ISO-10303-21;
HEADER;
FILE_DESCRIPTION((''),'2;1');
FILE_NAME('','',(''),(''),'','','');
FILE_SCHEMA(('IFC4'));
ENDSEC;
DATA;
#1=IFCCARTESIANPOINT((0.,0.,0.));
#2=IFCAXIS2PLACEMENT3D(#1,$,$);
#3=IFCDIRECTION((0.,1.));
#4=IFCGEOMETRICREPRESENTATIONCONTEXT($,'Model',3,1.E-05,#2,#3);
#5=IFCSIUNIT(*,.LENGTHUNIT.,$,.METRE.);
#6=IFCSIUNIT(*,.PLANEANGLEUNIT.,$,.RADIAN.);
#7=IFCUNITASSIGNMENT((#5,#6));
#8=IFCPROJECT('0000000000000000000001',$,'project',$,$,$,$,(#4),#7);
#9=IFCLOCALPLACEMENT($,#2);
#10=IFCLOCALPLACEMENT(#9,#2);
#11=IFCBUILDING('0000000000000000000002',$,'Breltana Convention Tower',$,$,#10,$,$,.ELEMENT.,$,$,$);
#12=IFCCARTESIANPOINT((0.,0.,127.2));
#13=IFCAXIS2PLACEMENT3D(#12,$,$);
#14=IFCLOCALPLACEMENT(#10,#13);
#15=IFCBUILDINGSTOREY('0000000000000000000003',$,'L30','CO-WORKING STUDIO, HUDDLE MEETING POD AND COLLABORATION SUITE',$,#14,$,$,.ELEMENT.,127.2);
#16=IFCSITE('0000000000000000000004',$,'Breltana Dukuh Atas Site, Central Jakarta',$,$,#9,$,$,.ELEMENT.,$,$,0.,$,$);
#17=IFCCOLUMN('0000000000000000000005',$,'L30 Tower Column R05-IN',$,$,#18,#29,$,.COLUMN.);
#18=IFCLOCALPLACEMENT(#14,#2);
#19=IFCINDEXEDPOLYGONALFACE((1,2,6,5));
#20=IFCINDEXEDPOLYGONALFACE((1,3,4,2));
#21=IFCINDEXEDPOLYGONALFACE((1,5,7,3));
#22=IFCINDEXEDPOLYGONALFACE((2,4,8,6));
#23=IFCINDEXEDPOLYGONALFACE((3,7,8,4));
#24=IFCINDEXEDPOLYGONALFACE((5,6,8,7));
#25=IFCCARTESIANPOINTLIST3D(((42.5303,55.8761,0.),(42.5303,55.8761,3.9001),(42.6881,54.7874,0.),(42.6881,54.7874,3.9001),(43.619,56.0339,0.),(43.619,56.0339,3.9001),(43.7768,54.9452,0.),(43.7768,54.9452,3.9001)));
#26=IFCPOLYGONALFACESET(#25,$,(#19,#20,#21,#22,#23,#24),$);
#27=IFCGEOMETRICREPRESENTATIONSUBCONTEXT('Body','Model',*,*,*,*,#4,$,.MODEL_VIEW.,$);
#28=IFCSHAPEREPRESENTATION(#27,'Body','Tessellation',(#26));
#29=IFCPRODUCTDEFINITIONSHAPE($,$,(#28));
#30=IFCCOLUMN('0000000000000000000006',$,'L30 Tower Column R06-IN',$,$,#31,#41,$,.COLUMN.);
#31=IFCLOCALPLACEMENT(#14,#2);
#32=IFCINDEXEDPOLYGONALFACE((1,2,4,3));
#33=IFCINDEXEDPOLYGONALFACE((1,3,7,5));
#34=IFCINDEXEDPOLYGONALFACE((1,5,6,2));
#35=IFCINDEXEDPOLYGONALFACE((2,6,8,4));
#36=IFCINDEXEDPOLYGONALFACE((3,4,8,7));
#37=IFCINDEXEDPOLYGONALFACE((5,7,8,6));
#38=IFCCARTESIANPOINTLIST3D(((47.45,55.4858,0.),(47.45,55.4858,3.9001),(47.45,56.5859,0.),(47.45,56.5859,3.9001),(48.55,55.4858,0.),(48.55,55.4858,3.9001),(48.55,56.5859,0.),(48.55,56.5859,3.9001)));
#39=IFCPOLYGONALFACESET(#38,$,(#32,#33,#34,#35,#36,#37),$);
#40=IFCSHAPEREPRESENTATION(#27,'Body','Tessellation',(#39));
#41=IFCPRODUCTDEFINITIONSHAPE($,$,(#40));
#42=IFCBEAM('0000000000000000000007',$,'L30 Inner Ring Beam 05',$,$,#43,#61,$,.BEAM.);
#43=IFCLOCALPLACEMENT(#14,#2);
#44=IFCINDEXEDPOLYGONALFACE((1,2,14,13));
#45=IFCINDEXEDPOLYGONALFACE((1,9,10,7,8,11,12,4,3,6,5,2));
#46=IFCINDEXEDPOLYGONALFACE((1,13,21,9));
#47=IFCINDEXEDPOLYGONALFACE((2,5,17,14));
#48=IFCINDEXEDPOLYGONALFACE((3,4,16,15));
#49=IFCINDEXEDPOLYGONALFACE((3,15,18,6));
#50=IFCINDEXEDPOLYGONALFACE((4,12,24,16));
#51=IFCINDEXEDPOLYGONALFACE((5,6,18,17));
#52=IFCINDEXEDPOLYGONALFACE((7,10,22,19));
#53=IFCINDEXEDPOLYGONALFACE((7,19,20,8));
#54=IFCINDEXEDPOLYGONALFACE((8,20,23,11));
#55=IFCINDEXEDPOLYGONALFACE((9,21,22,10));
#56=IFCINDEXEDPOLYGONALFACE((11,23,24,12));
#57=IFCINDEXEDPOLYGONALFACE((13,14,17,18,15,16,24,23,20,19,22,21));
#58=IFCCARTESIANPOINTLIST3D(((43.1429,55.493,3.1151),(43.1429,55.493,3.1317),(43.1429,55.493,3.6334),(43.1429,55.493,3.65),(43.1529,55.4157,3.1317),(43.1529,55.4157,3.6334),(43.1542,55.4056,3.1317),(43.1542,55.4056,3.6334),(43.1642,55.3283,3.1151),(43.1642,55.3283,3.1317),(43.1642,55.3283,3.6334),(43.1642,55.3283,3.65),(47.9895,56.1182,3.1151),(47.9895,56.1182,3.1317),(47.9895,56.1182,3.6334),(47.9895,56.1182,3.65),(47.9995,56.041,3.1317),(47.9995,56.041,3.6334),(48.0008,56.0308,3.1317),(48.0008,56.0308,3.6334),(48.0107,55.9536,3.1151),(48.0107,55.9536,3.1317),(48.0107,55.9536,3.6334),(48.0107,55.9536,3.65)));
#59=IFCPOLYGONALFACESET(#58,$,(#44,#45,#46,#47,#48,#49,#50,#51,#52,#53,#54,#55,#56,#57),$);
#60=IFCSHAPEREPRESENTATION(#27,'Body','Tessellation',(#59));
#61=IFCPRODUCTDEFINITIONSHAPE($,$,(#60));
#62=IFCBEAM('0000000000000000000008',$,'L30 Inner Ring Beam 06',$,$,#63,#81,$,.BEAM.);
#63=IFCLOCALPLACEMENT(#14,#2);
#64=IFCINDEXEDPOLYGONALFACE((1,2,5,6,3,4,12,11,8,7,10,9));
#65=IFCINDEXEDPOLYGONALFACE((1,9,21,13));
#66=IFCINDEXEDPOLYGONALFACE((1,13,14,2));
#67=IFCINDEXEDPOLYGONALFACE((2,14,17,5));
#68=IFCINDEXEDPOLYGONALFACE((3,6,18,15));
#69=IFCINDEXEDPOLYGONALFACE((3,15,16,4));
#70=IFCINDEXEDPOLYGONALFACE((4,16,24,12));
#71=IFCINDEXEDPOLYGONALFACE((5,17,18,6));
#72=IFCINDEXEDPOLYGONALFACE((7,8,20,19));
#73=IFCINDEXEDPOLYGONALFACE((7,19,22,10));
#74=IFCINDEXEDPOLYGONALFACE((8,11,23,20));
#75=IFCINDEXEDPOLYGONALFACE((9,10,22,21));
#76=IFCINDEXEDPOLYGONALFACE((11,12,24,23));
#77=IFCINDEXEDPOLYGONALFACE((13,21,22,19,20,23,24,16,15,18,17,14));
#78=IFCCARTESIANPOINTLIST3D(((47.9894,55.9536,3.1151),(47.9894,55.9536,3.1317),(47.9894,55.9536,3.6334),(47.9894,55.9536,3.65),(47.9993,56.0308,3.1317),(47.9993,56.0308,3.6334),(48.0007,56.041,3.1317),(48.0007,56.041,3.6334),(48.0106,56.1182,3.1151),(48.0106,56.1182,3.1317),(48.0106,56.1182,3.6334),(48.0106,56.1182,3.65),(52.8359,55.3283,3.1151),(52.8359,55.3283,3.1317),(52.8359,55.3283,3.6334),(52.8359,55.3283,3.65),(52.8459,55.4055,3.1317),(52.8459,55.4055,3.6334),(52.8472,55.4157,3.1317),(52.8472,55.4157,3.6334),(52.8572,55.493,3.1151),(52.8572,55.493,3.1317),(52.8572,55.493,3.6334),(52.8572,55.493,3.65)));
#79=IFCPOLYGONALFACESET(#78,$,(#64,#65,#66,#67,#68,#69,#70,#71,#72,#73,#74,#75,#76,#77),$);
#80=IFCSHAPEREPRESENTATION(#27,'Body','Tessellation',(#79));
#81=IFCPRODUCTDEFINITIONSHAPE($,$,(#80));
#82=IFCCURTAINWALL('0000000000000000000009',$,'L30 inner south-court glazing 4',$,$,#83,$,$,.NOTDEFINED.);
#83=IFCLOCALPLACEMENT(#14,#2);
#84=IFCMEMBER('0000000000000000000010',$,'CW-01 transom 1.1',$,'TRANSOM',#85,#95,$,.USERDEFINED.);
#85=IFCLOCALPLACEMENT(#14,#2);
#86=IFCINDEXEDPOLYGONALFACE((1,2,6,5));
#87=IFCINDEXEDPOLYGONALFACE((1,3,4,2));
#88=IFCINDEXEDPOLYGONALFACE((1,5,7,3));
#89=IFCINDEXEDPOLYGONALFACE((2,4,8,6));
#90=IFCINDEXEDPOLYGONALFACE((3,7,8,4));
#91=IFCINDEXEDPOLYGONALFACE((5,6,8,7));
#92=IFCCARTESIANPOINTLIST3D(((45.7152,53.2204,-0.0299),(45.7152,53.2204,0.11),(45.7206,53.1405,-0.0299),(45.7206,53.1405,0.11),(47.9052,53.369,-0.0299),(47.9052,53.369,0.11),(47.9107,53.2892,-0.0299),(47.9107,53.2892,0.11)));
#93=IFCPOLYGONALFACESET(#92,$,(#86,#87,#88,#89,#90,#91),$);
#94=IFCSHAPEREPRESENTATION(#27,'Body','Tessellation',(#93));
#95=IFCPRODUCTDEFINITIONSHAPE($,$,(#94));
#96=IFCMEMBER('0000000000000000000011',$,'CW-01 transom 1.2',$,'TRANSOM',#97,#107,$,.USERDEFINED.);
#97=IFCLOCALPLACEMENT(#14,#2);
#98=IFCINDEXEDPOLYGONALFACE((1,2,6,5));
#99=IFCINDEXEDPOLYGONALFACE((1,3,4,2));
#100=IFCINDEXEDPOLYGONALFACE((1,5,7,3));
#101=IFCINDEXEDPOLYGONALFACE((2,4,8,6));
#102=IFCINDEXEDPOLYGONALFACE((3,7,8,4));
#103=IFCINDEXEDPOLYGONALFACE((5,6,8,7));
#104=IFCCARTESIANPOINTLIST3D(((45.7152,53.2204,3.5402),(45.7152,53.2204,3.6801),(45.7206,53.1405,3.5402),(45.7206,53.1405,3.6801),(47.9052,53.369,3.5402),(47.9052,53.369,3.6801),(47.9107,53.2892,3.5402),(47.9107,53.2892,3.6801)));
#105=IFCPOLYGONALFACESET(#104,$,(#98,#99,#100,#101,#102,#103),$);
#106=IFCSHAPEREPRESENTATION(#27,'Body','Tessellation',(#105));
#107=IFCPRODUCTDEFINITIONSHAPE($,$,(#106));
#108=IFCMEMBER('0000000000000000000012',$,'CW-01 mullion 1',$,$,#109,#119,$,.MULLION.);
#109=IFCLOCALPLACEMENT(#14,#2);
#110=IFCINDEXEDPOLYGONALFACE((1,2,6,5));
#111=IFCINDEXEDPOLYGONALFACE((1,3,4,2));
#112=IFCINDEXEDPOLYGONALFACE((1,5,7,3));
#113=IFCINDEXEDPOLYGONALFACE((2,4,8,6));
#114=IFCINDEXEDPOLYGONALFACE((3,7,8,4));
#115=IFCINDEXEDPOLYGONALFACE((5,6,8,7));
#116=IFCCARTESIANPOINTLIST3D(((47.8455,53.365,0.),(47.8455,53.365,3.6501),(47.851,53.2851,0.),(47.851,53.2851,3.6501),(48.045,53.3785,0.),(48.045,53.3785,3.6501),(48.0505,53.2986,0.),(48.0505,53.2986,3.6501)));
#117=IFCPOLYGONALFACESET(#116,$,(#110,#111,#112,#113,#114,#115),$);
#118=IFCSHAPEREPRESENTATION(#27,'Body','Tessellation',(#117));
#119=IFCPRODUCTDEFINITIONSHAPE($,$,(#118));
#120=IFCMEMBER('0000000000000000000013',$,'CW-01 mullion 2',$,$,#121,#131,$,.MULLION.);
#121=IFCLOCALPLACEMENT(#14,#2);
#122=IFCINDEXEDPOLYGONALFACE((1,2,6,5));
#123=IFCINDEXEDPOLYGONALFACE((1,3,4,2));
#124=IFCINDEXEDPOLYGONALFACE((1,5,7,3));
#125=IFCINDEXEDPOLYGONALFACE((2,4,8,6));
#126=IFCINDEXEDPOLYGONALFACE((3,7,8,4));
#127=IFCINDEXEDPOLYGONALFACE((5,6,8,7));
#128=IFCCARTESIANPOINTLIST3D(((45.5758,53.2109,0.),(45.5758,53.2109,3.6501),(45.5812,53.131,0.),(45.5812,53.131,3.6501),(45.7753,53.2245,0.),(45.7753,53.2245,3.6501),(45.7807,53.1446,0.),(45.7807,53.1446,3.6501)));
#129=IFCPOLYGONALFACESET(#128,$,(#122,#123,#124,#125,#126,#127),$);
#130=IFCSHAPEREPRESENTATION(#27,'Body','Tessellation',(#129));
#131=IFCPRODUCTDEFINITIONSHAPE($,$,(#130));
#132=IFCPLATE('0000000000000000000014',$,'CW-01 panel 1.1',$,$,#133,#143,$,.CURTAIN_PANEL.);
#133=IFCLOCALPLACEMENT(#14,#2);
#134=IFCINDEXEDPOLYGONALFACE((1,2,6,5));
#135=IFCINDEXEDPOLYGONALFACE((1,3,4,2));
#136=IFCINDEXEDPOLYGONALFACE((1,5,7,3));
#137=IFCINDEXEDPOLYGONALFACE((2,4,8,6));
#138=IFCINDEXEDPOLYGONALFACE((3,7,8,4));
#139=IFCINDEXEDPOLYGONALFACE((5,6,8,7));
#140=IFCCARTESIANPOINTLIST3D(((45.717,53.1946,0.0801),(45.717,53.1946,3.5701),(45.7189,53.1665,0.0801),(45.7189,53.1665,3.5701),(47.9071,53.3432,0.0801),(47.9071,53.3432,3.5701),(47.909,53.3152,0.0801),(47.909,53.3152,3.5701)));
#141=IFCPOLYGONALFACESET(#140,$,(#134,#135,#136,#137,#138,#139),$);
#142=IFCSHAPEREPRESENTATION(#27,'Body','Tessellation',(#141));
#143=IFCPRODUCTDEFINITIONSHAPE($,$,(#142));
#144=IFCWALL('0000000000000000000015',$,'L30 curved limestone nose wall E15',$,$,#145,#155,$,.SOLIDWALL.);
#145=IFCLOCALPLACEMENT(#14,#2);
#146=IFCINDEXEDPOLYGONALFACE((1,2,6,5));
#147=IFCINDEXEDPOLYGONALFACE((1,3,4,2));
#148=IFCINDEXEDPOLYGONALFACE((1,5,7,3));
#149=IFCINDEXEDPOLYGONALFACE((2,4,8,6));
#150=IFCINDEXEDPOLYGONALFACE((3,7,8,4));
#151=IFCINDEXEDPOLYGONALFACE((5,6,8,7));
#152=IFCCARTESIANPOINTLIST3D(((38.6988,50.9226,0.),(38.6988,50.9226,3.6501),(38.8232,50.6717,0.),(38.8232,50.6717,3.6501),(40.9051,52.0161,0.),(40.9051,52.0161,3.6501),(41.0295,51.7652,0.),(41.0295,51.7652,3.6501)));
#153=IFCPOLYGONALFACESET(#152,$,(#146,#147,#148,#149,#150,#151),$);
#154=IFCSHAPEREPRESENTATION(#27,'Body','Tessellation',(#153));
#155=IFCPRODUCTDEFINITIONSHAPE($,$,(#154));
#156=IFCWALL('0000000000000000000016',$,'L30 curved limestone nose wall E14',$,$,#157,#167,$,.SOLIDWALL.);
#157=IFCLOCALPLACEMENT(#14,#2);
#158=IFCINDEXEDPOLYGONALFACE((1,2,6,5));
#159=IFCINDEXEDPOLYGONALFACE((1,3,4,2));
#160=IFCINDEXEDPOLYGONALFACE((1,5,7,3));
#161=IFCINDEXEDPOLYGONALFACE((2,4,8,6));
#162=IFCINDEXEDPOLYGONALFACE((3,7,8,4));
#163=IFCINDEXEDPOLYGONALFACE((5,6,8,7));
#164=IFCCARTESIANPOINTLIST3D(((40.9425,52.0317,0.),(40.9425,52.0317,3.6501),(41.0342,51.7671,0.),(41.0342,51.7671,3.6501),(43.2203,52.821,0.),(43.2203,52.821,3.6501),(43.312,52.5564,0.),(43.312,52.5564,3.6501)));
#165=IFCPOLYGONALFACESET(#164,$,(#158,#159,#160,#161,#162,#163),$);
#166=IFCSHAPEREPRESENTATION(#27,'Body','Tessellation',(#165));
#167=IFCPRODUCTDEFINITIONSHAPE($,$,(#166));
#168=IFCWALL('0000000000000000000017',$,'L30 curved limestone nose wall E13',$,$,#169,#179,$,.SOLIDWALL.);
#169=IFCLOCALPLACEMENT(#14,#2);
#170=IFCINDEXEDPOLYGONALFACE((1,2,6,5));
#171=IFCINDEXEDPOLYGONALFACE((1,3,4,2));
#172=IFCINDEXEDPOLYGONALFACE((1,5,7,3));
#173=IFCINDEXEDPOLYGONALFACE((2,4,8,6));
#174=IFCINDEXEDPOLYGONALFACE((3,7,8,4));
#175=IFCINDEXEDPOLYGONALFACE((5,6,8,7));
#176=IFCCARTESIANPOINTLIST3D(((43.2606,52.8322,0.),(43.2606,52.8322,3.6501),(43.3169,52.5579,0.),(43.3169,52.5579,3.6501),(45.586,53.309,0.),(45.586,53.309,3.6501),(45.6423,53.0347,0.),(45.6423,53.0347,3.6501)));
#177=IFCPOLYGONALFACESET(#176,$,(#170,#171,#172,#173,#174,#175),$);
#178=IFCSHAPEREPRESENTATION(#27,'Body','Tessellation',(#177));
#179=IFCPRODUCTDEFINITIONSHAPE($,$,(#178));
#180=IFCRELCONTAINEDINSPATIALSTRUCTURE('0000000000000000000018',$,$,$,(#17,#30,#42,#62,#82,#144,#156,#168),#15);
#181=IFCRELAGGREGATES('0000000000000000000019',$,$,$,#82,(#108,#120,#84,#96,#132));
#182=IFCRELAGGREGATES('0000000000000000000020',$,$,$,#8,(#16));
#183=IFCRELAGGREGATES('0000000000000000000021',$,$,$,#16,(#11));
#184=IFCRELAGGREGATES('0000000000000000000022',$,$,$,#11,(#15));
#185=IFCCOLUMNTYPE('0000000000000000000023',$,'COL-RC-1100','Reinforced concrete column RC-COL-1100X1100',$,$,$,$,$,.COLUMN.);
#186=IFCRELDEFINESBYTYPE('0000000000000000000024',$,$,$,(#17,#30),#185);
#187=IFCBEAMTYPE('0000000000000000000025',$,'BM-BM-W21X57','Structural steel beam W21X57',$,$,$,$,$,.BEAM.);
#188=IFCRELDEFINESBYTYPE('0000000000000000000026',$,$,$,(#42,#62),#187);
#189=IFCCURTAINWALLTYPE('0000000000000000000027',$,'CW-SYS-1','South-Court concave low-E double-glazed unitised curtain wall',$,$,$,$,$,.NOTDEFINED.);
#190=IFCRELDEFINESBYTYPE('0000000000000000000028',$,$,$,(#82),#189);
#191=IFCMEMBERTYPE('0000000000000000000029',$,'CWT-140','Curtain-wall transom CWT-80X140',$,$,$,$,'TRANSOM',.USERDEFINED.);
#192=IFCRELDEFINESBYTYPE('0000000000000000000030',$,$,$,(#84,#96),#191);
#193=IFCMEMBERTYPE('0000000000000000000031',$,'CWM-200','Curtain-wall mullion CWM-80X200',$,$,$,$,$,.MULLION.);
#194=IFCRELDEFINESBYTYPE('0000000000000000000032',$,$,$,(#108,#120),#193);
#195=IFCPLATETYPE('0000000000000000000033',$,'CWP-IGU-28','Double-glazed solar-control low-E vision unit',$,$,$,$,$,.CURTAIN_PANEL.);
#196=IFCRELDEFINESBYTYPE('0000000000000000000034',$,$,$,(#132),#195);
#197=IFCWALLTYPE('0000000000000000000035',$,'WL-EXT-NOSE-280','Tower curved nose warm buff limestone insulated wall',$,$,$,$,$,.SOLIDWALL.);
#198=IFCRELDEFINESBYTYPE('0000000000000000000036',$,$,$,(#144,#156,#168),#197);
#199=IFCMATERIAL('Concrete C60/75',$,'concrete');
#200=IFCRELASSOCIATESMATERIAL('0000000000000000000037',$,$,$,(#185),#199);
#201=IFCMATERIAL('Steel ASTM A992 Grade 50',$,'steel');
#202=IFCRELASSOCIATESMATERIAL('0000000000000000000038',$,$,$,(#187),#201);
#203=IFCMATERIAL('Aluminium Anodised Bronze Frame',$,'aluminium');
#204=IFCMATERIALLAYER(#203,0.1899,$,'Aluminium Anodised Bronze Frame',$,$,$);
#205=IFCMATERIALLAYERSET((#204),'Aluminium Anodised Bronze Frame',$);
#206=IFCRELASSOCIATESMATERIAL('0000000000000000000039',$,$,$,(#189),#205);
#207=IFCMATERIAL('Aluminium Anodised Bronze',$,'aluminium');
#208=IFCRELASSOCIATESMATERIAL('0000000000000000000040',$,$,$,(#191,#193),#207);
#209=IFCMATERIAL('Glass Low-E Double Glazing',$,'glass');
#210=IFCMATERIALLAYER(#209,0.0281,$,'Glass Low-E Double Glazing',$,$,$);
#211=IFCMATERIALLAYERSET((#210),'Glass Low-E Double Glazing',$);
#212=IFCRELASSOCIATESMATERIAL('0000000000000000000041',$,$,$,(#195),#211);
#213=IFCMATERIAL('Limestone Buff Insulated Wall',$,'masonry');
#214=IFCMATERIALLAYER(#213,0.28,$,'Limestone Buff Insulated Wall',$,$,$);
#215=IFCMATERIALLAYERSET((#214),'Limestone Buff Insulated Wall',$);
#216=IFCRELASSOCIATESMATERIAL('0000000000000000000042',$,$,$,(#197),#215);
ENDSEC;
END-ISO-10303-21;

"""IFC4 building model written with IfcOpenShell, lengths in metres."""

from ifc_helpers import new_model, si_unit, direction, frame, frame_2d, origin, origin_2d, place, context, subcontext, project, spatial, rectangle, i_section, extrude, source, transform, mapped, material, layer, layer_set, material_profile, profile_set, type_object, element, aggregate, save


model = new_model("IFC4")

# Units and contexts
model_context = context("Model", 3, precision=1e-05, world=origin(), true_north=direction((0.0, 1.0)))
body_context = subcontext(model_context, "Body", "Model", "MODEL_VIEW")
ifc_project = project(units=[si_unit("LENGTHUNIT", "METRE"), si_unit("PLANEANGLEUNIT", "RADIAN")], contexts=[model_context])

# Site, building, storey
site_placement = place(None, origin())
site = spatial("IfcSite", under=ifc_project, at=site_placement, Name="Breltana Dukuh Atas Site, Central Jakarta", CompositionType="ELEMENT", RefElevation=0.0)
building_placement = place(site_placement, origin())
building = spatial("IfcBuilding", under=site, at=building_placement, Name="Breltana Convention Tower", CompositionType="ELEMENT")
storey_placement = place(building_placement, frame((0.0, 0.0, 127.2)))
storey = spatial("IfcBuildingStorey", under=building, at=storey_placement, Name="L30", Description="CO-WORKING STUDIO, HUDDLE MEETING POD AND COLLABORATION SUITE", CompositionType="ELEMENT", Elevation=127.2)

# Columns
ifc_material_1 = material(Name="Concrete C60/75", Category="concrete")
ifc_material_profile_1 = material_profile(ifc_material_1, rectangle(XDim=1.1001, YDim=1.1001, at=origin_2d()), Name="RC-COL-1100X1100")
ifc_profile_set_1 = profile_set([ifc_material_profile_1], Name="Concrete C60/75")
column_type = type_object("IfcColumnType", Name="COL-RC-1100", Description="Reinforced concrete column RC-COL-1100X1100", PredefinedType="COLUMN", material=ifc_profile_set_1)
shared_shape_1 = source(origin(), body_context, "Body", "SweptSolid", [
    extrude(rectangle(XDim=1.1001, YDim=1.1001, at=origin_2d()), origin(), (0.0, 0.0, 1.0), 3.9001),
])
for number, where, z_axis, x_axis, name in (
    (1, (43.1536, 55.4106, 0.0), (0.0, 0.0, 1.0), (-0.143493, 0.989651, 0.0), "L30 Tower Column R05-IN"),
    (2, (48.0, 56.0359, 0.0), (0.0, 0.0, 1.0), (0.0, 1.0, 0.0), "L30 Tower Column R06-IN"),
):
    element("IfcColumn", number, at=place(storey_placement, frame(where, z_axis=z_axis, x_axis=x_axis)), inside=storey, type_object=column_type, Name=name, PredefinedType="COLUMN", context=body_context, shape_type="MappedRepresentation", body=[
        mapped(shared_shape_1, transform((0.0, 0.0, 0.0), scale=1.0)),
    ])

# Beams
ifc_material_2 = material(Name="Steel ASTM A992 Grade 50", Category="steel")
ifc_material_profile_2 = material_profile(ifc_material_2, i_section(OverallWidth=0.166, OverallDepth=0.5349, WebThickness=0.0103, FlangeThickness=0.0166, at=origin_2d()), Name="W21X57")
ifc_profile_set_2 = profile_set([ifc_material_profile_2], Name="Steel ASTM A992 Grade 50")
beam_type = type_object("IfcBeamType", Name="BM-BM-W21X57", Description="Structural steel beam W21X57", PredefinedType="BEAM", material=ifc_profile_set_2)
shared_shape_2 = source(origin(), body_context, "Body", "SweptSolid", [
    extrude(i_section(OverallWidth=0.166, OverallDepth=0.5349, WebThickness=0.0103, FlangeThickness=0.0166, at=origin_2d()), origin(), (0.0, 0.0, 1.0), 4.8867),
])
for number, where, z_axis, x_axis, name in (
    (3, (43.1536, 55.4106, 3.3826), (0.991781, 0.127951, 0.0), (-0.127951, 0.991781, 0.0), "L30 Inner Ring Beam 05"),
    (4, (48.0, 56.0359, 3.3826), (0.991781, -0.127951, 0.0), (0.127951, 0.991781, 0.0), "L30 Inner Ring Beam 06"),
):
    element("IfcBeam", number, at=place(storey_placement, frame(where, z_axis=z_axis, x_axis=x_axis)), inside=storey, type_object=beam_type, Name=name, PredefinedType="BEAM", context=body_context, shape_type="MappedRepresentation", body=[
        mapped(shared_shape_2, transform((0.0, 0.0, 0.0), scale=1.0)),
    ])

# Curtain wall, members, plate
ifc_material_3 = material(Name="Aluminium Anodised Bronze Frame", Category="aluminium")
ifc_layer_1 = layer(ifc_material_3, 0.1899, Name="Aluminium Anodised Bronze Frame")
ifc_layer_set_1 = layer_set([ifc_layer_1], Name="Aluminium Anodised Bronze Frame")
curtain_wall_type = type_object("IfcCurtainWallType", Name="CW-SYS-1", Description="South-Court concave low-E double-glazed unitised curtain wall", PredefinedType="NOTDEFINED", material=ifc_layer_set_1)
curtain_wall_placement = place(storey_placement, origin())
curtain_wall = element("IfcCurtainWall", 5, at=curtain_wall_placement, inside=storey, type_object=curtain_wall_type, Name="L30 inner south-court glazing 4", PredefinedType="NOTDEFINED")
ifc_material_4 = material(Name="Aluminium Anodised Bronze", Category="aluminium")
ifc_material_profile_3 = material_profile(ifc_material_4, rectangle(XDim=0.0801, YDim=0.1399, at=origin_2d()), Name="CWT-80X140")
ifc_profile_set_3 = profile_set([ifc_material_profile_3], Name="Aluminium Anodised Bronze")
member_type_1 = type_object("IfcMemberType", Name="CWT-140", Description="Curtain-wall transom CWT-80X140", ElementType="TRANSOM", PredefinedType="USERDEFINED", material=ifc_profile_set_3)
shared_shape_3 = source(origin(), body_context, "Body", "SweptSolid", [
    extrude(rectangle(XDim=0.0801, YDim=0.1399, at=origin_2d()), origin(), (0.0, 0.0, 1.0), 2.1951),
])
member_1_placement = place(storey_placement, frame((47.908, 53.3291, 0.04), z_axis=(-0.997703, -0.067737, 0.0), x_axis=(0.067737, -0.997703, 0.0)))
member_1 = element("IfcMember", 6, at=member_1_placement, type_object=member_type_1, Name="CW-01 transom 1.1", ObjectType="TRANSOM", PredefinedType="USERDEFINED", context=body_context, shape_type="MappedRepresentation", body=[
    mapped(shared_shape_3, transform((0.0, 0.0, 0.0), scale=1.0)),
])
member_2_placement = place(storey_placement, frame((47.908, 53.3291, 3.6101), z_axis=(-0.997703, -0.067737, 0.0), x_axis=(0.067737, -0.997703, 0.0)))
member_2 = element("IfcMember", 7, at=member_2_placement, type_object=member_type_1, Name="CW-01 transom 1.2", ObjectType="TRANSOM", PredefinedType="USERDEFINED", context=body_context, shape_type="MappedRepresentation", body=[
    mapped(shared_shape_3, transform((0.0, 0.0, 0.0), scale=1.0)),
])
ifc_material_profile_4 = material_profile(ifc_material_4, rectangle(XDim=0.0801, YDim=0.2, at=origin_2d()), Name="CWM-80X200")
ifc_profile_set_4 = profile_set([ifc_material_profile_4], Name="Aluminium Anodised Bronze")
member_type_2 = type_object("IfcMemberType", Name="CWM-200", Description="Curtain-wall mullion CWM-80X200", PredefinedType="MULLION", material=ifc_profile_set_4)
shared_shape_4 = source(origin(), body_context, "Body", "SweptSolid", [
    extrude(rectangle(XDim=0.0801, YDim=0.2, at=origin_2d()), origin(), (0.0, 0.0, 1.0), 3.6501),
])
member_3_placement = place(storey_placement, frame((47.948, 53.3318, 0.0), z_axis=(0.0, 0.0, 1.0), x_axis=(0.067728, -0.997704, 0.0)))
member_3 = element("IfcMember", 8, at=member_3_placement, type_object=member_type_2, Name="CW-01 mullion 1", PredefinedType="MULLION", context=body_context, shape_type="MappedRepresentation", body=[
    mapped(shared_shape_4, transform((0.0, 0.0, 0.0), scale=1.0)),
])
member_4_placement = place(storey_placement, frame((45.6782, 53.1777, 0.0), z_axis=(0.0, 0.0, 1.0), x_axis=(0.067728, -0.997704, 0.0)))
member_4 = element("IfcMember", 9, at=member_4_placement, type_object=member_type_2, Name="CW-01 mullion 2", PredefinedType="MULLION", context=body_context, shape_type="MappedRepresentation", body=[
    mapped(shared_shape_4, transform((0.0, 0.0, 0.0), scale=1.0)),
])
ifc_material_5 = material(Name="Glass Low-E Double Glazing", Category="glass")
ifc_layer_2 = layer(ifc_material_5, 0.0281, Name="Glass Low-E Double Glazing")
ifc_layer_set_2 = layer_set([ifc_layer_2], Name="Glass Low-E Double Glazing")
plate_type = type_object("IfcPlateType", Name="CWP-IGU-28", Description="Double-glazed solar-control low-E vision unit", PredefinedType="CURTAIN_PANEL", material=ifc_layer_set_2)
shared_shape_5 = source(origin(), body_context, "Body", "SweptSolid", [
    extrude(rectangle(XDim=2.1951, YDim=0.0281, at=origin_2d()), origin(), (0.0, 0.0, 1.0), 3.49),
])
plate_placement = place(storey_placement, frame((46.813, 53.2549, 0.0801), z_axis=(0.0, 0.0, 1.0), x_axis=(-0.997704, -0.067728, 0.0)))
plate = element("IfcPlate", 10, at=plate_placement, type_object=plate_type, Name="CW-01 panel 1.1", PredefinedType="CURTAIN_PANEL", context=body_context, shape_type="MappedRepresentation", body=[
    mapped(shared_shape_5, transform((0.0, 0.0, 0.0), scale=1.0)),
])
aggregate(curtain_wall, [member_3, member_4, member_1, member_2, plate])

# Walls
ifc_material_6 = material(Name="Limestone Buff Insulated Wall", Category="masonry")
ifc_layer_3 = layer(ifc_material_6, 0.28, Name="Limestone Buff Insulated Wall")
ifc_layer_set_3 = layer_set([ifc_layer_3], Name="Limestone Buff Insulated Wall")
wall_type_1 = type_object("IfcWallType", Name="WL-EXT-NOSE-280", Description="Tower curved nose warm buff limestone insulated wall", PredefinedType="SOLIDWALL", material=ifc_layer_set_3)
shared_shape_6 = source(origin(), body_context, "Body", "SweptSolid", [
    extrude(rectangle(XDim=2.4624, YDim=0.28, at=frame_2d((1.2312, 0.0))), origin(), (0.0, 0.0, 1.0), 3.6501),
])
wall_1_placement = place(storey_placement, frame((40.9673, 51.8906, 0.0), z_axis=(0.0, 0.0, 1.0), x_axis=(-0.895988, -0.444078, 0.0)))
element("IfcWall", 11, at=wall_1_placement, inside=storey, type_object=wall_type_1, Name="L30 curved limestone nose wall E15", PredefinedType="SOLIDWALL", context=body_context, shape_type="MappedRepresentation", body=[
    mapped(shared_shape_6, transform((0.0, 0.0, 0.0), scale=1.0)),
])
shared_shape_7 = source(origin(), body_context, "Body", "SweptSolid", [
    extrude(rectangle(XDim=2.4106, YDim=0.28, at=frame_2d((1.2053, 0.0))), origin(), (0.0, 0.0, 1.0), 3.6501),
])
wall_2_placement = place(storey_placement, frame((43.2661, 52.6887, 0.0), z_axis=(0.0, 0.0, 1.0), x_axis=(-0.94488, -0.327417, 0.0)))
element("IfcWall", 12, at=wall_2_placement, inside=storey, type_object=wall_type_1, Name="L30 curved limestone nose wall E14", PredefinedType="SOLIDWALL", context=body_context, shape_type="MappedRepresentation", body=[
    mapped(shared_shape_7, transform((0.0, 0.0, 0.0), scale=1.0)),
])
shared_shape_8 = source(origin(), body_context, "Body", "SweptSolid", [
    extrude(rectangle(XDim=2.3738, YDim=0.28, at=frame_2d((1.187, 0.0))), origin(), (0.0, 0.0, 1.0), 3.6501),
])
wall_3_placement = place(storey_placement, frame((45.6143, 53.1719, 0.0), z_axis=(0.0, 0.0, 1.0), x_axis=(-0.97962, -0.200861, 0.0)))
element("IfcWall", 13, at=wall_3_placement, inside=storey, type_object=wall_type_1, Name="L30 curved limestone nose wall E13", PredefinedType="SOLIDWALL", context=body_context, shape_type="MappedRepresentation", body=[
    mapped(shared_shape_8, transform((0.0, 0.0, 0.0), scale=1.0)),
])

save(model, "model.ifc")
